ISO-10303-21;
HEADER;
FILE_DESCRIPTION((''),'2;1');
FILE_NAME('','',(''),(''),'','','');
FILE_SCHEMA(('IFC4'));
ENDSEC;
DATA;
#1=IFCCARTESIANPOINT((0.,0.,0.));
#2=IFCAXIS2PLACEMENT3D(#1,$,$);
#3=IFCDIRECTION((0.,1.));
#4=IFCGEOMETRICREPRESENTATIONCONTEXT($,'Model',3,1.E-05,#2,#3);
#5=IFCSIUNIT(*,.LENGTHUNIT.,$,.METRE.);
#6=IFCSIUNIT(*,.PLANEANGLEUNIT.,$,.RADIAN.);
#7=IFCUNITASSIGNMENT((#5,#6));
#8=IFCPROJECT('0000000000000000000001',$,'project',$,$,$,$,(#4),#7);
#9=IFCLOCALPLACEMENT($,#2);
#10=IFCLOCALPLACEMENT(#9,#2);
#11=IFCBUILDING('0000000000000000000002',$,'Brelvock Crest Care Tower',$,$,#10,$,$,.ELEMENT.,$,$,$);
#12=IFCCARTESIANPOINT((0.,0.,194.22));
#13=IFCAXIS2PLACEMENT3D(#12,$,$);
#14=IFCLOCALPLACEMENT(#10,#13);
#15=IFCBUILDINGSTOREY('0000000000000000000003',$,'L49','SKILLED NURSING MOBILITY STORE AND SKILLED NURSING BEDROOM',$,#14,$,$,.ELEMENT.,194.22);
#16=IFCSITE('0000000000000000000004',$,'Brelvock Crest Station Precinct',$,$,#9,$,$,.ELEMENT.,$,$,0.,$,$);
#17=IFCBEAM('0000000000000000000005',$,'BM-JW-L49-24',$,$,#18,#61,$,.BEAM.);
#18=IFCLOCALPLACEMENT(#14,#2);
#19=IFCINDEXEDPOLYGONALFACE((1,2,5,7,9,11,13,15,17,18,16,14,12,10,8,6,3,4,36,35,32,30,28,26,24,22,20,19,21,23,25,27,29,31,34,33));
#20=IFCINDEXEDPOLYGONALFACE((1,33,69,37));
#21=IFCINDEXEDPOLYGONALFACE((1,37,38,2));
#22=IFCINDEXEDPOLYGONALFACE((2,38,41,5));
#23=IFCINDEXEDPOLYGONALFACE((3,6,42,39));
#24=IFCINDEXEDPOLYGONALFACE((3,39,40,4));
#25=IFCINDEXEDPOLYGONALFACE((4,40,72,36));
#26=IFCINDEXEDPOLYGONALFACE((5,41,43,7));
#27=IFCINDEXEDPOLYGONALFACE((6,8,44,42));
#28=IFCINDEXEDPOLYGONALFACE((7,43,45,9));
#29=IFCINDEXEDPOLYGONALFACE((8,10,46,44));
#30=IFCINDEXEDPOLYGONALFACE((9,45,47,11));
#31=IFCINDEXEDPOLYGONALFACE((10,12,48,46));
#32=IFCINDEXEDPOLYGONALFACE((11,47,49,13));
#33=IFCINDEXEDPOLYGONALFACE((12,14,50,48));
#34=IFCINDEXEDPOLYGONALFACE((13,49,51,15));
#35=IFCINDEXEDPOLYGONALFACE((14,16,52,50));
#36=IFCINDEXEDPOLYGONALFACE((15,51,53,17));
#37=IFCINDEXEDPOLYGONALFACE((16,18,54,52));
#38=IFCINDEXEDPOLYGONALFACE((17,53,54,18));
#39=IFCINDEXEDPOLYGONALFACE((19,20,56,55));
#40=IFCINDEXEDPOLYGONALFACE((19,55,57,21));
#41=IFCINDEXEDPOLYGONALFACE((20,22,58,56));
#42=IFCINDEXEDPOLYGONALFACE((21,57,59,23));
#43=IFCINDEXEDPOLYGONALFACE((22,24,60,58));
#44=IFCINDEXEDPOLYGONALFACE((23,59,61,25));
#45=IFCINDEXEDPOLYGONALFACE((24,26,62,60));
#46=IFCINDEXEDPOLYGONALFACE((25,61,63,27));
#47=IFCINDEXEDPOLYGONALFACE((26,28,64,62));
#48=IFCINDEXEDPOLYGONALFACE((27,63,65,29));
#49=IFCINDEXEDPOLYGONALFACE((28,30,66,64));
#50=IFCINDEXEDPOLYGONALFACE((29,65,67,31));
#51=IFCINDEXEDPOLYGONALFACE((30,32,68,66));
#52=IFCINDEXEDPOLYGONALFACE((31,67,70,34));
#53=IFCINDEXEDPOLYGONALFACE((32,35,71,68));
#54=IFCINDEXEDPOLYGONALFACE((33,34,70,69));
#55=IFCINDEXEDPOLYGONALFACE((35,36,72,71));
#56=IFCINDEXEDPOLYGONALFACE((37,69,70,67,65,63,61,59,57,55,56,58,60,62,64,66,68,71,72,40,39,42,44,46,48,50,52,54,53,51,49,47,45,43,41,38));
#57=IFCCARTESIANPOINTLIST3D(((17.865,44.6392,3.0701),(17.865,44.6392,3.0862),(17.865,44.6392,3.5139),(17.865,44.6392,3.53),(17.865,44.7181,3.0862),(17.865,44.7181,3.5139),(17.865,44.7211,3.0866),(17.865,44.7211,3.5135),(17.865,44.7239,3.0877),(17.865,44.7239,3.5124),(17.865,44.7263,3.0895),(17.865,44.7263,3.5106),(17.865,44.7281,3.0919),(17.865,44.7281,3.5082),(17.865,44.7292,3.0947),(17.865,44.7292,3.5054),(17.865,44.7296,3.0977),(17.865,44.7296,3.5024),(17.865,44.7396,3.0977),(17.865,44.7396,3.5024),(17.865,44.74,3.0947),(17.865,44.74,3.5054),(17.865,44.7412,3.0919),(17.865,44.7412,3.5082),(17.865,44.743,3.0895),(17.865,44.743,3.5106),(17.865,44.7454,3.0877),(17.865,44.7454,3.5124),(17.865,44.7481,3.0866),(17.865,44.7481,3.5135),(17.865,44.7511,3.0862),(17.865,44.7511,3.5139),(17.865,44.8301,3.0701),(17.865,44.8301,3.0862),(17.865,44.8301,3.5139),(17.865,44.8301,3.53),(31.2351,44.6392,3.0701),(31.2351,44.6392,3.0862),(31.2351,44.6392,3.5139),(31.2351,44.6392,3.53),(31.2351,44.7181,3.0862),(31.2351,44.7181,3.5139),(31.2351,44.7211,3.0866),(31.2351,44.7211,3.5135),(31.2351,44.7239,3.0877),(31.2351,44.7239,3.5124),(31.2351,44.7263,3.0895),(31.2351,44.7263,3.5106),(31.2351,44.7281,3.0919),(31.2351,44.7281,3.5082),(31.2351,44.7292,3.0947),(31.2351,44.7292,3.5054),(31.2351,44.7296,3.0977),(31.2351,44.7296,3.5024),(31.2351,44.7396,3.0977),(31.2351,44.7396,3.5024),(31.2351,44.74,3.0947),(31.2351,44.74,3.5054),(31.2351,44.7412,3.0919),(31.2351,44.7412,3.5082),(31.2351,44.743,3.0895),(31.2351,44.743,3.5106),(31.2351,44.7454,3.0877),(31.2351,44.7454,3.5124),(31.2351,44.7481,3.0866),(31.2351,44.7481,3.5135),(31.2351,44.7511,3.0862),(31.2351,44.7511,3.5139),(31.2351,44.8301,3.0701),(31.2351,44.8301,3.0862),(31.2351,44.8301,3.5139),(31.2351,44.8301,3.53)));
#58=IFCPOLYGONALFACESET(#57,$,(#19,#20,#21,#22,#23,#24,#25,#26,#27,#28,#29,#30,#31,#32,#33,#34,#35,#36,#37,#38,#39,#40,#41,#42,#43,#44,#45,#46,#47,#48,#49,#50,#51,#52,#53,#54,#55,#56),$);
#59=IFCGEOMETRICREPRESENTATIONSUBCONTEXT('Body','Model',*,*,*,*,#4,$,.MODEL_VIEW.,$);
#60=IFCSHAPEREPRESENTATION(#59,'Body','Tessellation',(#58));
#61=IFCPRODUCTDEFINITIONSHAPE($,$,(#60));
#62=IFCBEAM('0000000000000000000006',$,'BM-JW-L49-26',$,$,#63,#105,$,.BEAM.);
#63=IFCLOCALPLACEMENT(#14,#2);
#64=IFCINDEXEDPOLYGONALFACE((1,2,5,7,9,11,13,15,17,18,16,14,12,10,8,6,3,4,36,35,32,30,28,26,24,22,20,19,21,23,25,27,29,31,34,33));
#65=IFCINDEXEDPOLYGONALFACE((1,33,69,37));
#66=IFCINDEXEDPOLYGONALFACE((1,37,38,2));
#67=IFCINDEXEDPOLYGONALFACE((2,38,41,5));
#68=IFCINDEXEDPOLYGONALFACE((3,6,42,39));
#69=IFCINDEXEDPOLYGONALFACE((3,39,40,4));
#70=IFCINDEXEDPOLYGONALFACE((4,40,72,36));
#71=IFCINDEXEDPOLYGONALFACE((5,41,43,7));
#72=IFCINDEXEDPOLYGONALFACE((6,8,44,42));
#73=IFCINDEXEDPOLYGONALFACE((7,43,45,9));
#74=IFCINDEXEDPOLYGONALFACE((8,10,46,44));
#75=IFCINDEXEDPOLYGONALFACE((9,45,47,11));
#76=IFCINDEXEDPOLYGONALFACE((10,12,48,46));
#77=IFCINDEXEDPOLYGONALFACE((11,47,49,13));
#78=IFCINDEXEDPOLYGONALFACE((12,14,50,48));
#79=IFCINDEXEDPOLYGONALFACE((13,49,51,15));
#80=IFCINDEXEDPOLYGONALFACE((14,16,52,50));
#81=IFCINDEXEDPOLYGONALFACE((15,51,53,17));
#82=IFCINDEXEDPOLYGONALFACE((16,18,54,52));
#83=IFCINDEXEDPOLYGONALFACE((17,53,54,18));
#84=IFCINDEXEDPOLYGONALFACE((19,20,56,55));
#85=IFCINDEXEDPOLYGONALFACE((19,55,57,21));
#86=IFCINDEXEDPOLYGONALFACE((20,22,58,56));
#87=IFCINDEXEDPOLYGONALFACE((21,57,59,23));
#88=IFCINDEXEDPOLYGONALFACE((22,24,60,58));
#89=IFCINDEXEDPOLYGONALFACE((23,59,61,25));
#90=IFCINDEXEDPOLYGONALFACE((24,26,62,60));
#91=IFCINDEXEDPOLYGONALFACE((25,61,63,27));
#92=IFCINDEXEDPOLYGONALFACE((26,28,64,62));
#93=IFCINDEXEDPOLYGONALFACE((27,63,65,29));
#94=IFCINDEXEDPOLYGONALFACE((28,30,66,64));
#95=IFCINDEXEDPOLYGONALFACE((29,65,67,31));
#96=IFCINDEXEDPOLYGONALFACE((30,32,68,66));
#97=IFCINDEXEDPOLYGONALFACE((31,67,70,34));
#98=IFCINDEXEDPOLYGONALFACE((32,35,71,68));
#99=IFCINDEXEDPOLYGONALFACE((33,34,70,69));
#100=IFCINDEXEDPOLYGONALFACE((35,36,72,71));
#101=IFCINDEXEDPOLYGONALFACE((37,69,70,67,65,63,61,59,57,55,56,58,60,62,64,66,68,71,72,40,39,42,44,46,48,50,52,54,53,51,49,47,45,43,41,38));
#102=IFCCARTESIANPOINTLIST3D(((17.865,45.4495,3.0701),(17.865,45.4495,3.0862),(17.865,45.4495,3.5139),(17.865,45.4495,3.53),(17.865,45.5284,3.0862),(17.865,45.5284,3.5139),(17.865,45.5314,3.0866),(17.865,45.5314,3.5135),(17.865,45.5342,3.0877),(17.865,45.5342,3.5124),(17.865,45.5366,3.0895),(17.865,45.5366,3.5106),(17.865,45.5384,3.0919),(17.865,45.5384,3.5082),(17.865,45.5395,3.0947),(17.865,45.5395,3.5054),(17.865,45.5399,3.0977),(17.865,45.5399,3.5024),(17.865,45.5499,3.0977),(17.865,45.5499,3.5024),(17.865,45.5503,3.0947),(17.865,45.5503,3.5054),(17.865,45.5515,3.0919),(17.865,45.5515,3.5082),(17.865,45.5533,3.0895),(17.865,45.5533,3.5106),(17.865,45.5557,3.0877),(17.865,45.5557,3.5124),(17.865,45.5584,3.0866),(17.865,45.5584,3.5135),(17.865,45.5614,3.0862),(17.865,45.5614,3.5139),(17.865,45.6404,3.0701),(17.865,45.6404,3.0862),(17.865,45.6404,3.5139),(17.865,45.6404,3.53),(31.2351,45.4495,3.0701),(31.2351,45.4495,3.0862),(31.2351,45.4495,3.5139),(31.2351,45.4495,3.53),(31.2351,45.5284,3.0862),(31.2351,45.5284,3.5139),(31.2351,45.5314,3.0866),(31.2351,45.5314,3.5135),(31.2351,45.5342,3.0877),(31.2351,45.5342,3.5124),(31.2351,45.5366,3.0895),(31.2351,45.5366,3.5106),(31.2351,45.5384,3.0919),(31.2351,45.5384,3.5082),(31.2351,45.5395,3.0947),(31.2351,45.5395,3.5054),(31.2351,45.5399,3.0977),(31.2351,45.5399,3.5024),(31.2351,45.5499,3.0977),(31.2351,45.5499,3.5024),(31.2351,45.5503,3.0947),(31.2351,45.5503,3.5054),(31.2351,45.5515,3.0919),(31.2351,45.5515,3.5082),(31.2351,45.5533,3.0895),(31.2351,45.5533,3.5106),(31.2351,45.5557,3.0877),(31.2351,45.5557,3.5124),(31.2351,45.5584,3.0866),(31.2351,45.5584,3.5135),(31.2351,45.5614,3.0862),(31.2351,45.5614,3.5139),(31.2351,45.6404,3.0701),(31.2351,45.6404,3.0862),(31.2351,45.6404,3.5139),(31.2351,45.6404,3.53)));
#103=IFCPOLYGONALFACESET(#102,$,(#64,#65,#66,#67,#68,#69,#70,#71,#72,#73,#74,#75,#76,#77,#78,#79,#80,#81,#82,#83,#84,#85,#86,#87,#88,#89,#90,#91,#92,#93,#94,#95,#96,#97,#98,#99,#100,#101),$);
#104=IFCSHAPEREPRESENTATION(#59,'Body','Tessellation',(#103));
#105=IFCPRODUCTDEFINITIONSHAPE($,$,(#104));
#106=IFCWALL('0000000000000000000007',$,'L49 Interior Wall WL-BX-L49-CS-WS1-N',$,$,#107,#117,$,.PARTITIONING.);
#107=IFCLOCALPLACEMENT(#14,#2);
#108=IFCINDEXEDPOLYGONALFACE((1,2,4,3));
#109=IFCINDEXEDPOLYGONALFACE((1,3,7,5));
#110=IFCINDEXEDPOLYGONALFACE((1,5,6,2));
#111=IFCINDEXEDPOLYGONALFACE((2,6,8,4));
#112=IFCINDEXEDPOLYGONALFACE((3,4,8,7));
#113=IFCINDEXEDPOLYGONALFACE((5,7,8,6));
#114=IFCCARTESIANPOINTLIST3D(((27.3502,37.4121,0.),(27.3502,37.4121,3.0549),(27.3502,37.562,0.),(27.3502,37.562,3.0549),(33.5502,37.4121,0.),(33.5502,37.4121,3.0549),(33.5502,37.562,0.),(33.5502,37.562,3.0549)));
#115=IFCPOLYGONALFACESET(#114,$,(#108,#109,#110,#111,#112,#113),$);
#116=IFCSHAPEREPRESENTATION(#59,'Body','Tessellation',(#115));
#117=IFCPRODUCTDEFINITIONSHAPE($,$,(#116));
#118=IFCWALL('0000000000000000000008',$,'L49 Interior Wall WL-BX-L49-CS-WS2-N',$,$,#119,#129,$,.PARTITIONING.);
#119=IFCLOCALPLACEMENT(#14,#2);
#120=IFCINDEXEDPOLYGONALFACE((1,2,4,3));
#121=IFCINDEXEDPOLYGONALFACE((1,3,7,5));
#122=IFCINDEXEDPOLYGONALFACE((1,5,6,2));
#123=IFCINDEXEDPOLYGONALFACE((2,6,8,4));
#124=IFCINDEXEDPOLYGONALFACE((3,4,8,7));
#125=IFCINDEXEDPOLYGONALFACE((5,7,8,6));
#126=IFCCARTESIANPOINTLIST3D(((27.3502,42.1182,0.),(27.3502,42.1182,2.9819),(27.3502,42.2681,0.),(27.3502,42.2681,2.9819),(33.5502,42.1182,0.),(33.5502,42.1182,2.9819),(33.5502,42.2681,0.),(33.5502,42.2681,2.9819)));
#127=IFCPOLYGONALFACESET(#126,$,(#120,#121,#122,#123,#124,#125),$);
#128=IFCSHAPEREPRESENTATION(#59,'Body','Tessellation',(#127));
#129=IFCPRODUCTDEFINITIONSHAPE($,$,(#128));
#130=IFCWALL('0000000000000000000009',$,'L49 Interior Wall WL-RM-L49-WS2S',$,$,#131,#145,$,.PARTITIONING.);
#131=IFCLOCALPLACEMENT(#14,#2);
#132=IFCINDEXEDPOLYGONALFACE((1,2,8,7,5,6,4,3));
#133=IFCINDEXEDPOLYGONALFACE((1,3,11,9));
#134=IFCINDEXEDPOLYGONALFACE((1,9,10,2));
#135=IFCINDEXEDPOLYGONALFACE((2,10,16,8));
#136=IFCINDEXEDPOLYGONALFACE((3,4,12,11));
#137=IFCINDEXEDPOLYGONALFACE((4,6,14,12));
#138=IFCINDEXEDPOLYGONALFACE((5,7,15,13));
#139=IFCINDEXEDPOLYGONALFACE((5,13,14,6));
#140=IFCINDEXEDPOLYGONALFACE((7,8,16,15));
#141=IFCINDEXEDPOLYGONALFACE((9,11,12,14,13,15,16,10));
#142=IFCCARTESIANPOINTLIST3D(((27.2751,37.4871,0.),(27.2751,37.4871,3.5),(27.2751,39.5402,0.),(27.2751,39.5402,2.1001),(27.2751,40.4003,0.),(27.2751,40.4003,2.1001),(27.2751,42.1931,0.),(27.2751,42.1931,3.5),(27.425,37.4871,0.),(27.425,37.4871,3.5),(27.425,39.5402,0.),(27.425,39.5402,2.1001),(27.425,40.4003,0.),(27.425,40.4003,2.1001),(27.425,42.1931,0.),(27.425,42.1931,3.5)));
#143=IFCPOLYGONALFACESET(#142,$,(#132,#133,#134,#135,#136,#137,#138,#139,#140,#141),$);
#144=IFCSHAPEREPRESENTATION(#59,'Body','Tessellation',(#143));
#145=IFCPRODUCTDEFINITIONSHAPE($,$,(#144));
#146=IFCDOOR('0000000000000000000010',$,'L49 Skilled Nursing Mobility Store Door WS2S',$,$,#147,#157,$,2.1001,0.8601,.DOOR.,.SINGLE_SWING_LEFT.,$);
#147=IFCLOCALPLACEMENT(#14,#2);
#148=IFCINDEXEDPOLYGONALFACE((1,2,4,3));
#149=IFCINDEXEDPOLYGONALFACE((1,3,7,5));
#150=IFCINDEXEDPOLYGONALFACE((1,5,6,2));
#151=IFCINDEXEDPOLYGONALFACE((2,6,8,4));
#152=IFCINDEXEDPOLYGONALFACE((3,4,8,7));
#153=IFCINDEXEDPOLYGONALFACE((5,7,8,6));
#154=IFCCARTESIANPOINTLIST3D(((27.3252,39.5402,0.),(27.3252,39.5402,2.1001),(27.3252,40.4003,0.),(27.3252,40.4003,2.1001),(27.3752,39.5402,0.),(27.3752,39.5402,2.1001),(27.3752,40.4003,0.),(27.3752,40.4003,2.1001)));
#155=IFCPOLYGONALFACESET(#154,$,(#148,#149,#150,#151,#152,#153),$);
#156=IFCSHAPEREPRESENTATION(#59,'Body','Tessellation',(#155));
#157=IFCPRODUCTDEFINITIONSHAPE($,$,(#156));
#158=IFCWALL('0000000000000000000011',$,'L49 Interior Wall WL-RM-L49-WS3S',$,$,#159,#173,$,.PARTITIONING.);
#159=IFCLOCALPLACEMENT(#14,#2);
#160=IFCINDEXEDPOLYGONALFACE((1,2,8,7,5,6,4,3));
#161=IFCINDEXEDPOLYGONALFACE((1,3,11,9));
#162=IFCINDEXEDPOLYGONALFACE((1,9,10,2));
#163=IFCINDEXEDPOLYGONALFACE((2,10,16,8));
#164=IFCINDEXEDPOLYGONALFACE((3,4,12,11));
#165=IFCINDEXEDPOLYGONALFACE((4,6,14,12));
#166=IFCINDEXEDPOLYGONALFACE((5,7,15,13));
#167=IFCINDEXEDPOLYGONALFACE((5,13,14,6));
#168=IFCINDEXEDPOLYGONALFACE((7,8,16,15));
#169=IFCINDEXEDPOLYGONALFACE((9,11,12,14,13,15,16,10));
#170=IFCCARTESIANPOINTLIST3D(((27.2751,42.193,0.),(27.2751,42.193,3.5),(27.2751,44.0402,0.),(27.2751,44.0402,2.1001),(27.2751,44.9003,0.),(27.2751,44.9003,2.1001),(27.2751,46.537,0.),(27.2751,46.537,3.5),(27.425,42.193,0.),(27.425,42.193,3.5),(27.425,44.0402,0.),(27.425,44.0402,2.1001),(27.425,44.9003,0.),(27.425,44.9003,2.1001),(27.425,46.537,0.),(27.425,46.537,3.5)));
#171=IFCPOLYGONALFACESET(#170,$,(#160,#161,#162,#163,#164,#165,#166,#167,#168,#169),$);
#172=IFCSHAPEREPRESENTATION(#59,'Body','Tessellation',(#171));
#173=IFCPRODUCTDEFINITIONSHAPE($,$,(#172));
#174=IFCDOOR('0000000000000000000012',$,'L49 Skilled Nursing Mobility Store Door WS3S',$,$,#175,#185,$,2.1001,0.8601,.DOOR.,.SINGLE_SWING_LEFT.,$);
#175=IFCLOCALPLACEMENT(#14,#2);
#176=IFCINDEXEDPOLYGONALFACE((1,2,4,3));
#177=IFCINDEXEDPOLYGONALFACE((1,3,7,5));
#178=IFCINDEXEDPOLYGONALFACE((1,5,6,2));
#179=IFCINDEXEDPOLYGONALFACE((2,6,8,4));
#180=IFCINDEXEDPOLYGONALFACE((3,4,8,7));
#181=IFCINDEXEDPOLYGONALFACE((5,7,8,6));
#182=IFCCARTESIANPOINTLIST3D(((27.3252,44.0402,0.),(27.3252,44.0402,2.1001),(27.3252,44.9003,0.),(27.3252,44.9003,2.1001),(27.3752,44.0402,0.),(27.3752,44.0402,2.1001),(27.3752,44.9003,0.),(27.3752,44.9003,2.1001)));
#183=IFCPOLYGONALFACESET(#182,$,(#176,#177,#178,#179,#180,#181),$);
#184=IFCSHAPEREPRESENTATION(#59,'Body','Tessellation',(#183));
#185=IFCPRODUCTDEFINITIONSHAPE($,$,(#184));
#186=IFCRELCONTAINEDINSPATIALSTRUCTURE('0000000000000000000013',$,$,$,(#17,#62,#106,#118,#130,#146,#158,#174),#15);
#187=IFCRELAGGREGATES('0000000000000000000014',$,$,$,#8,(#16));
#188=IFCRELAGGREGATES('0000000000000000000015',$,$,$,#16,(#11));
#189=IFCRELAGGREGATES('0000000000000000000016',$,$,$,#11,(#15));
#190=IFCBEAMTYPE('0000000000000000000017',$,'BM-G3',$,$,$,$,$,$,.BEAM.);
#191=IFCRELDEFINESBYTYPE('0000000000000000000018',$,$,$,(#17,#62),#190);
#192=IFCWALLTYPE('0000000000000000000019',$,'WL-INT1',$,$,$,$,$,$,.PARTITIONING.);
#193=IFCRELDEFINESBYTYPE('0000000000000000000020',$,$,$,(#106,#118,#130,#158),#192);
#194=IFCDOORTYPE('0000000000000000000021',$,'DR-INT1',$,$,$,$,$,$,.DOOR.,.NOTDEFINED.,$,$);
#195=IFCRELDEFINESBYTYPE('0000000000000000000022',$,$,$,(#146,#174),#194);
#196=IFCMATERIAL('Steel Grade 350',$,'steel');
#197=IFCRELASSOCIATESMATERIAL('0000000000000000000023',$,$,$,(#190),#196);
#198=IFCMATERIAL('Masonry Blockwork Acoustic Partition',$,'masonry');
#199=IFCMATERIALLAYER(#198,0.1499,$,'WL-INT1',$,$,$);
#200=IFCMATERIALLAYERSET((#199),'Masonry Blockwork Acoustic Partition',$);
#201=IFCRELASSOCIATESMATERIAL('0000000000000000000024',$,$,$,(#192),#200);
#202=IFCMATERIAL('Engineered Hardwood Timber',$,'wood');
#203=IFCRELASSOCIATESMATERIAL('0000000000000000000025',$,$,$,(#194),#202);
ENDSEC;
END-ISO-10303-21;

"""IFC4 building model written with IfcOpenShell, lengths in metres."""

from ifc_helpers import new_model, si_unit, direction, frame, frame_2d, origin, origin_2d, place, context, subcontext, project, spatial, rectangle, i_section, extrude, source, transform, mapped, material, layer, layer_set, material_profile, profile_set, type_object, element, fill, save


model = new_model("IFC4")

# Units and contexts
model_context = context("Model", 3, precision=1e-05, world=origin(), true_north=direction((0.0, 1.0)))
body_context = subcontext(model_context, "Body", "Model", "MODEL_VIEW")
ifc_project = project(units=[si_unit("LENGTHUNIT", "METRE"), si_unit("PLANEANGLEUNIT", "RADIAN")], contexts=[model_context])

# Site, building, storey
site_placement = place(None, origin())
site = spatial("IfcSite", under=ifc_project, at=site_placement, Name="Brelvock Crest Station Precinct", CompositionType="ELEMENT", RefElevation=0.0)
building_placement = place(site_placement, origin())
building = spatial("IfcBuilding", under=site, at=building_placement, Name="Brelvock Crest Care Tower", CompositionType="ELEMENT")
storey_placement = place(building_placement, frame((0.0, 0.0, 194.22)))
storey = spatial("IfcBuildingStorey", under=building, at=storey_placement, Name="L49", Description="SKILLED NURSING MOBILITY STORE AND SKILLED NURSING BEDROOM", CompositionType="ELEMENT", Elevation=194.22)

# Beams
ifc_material_1 = material(Name="Steel Grade 350", Category="steel")
ifc_material_profile_1 = material_profile(ifc_material_1, i_section(OverallWidth=0.1909, OverallDepth=0.46, WebThickness=0.01, FlangeThickness=0.0161, FilletRadius=0.0115, at=origin_2d()), Name="460UB82.1")
ifc_profile_set_1 = profile_set([ifc_material_profile_1], Name="Steel Grade 350")
beam_type_1 = type_object("IfcBeamType", Name="BM-G3", PredefinedType="BEAM", material=ifc_profile_set_1)
shared_shape_1 = source(origin(), body_context, "Body", "SweptSolid", [
    extrude(i_section(OverallWidth=0.1909, OverallDepth=0.46, WebThickness=0.01, FlangeThickness=0.0161, FilletRadius=0.0115, at=origin_2d()), origin(), (0.0, 0.0, 1.0), 13.3701),
])
for number, where, z_axis, x_axis, name in (
    (1, (17.865, 44.7346, 3.3), (1.0, 0.0, 0.0), (0.0, 1.0, 0.0), "BM-JW-L49-24"),
    (2, (17.865, 45.5449, 3.3), (1.0, 0.0, 0.0), (0.0, 1.0, 0.0), "BM-JW-L49-26"),
):
    element("IfcBeam", number, at=place(storey_placement, frame(where, z_axis=z_axis, x_axis=x_axis)), inside=storey, type_object=beam_type_1, Name=name, PredefinedType="BEAM", context=body_context, shape_type="MappedRepresentation", body=[
        mapped(shared_shape_1, transform((0.0, 0.0, 0.0), x_axis=(1.0, 0.0, 0.0), y_axis=(0.0, 1.0, 0.0), z_axis=(0.0, 0.0, 1.0), scale=1.0)),
    ])

# Walls
ifc_material_2 = material(Name="Masonry Blockwork Acoustic Partition", Category="masonry")
ifc_layer = layer(ifc_material_2, 0.1499, Name="WL-INT1")
ifc_layer_set = layer_set([ifc_layer], Name="Masonry Blockwork Acoustic Partition")
wall_type = type_object("IfcWallType", Name="WL-INT1", PredefinedType="PARTITIONING", material=ifc_layer_set)
wall_1_placement = place(storey_placement, frame((27.3501, 37.4871, 0.0), z_axis=(0.0, 0.0, 1.0), x_axis=(1.0, 0.0, 0.0)))
element("IfcWall", 3, at=wall_1_placement, inside=storey, type_object=wall_type, Name="L49 Interior Wall WL-BX-L49-CS-WS1-N", PredefinedType="PARTITIONING", context=body_context, shape_type="SweptSolid", body=[
    extrude(rectangle(XDim=6.2, YDim=0.1499, at=frame_2d((3.1001, 0.0))), origin(), (0.0, 0.0, 1.0), 3.0549),
])
wall_2_placement = place(storey_placement, frame((27.3501, 42.1931, 0.0), z_axis=(0.0, 0.0, 1.0), x_axis=(1.0, 0.0, 0.0)))
element("IfcWall", 4, at=wall_2_placement, inside=storey, type_object=wall_type, Name="L49 Interior Wall WL-BX-L49-CS-WS2-N", PredefinedType="PARTITIONING", context=body_context, shape_type="SweptSolid", body=[
    extrude(rectangle(XDim=6.2, YDim=0.1499, at=frame_2d((3.1001, 0.0))), origin(), (0.0, 0.0, 1.0), 2.9819),
])

# Walls, openings, doors
wall_3_placement = place(storey_placement, frame((27.3501, 37.4871, 0.0), z_axis=(0.0, 0.0, 1.0), x_axis=(0.0, 1.0, 0.0)))
wall_3 = element("IfcWall", 5, at=wall_3_placement, inside=storey, type_object=wall_type, Name="L49 Interior Wall WL-RM-L49-WS2S", PredefinedType="PARTITIONING", context=body_context, shape_type="SweptSolid", body=[
    extrude(rectangle(XDim=4.7061, YDim=0.1499, at=frame_2d((2.353, 0.0))), origin(), (0.0, 0.0, 1.0), 3.5),
])
opening_1_placement = place(wall_3_placement, frame((2.053, 0.0, 0.0)))
opening_1 = element("IfcOpeningElement", 6, at=opening_1_placement, cuts=wall_3, PredefinedType="OPENING", context=body_context, shape_type="SweptSolid", body=[
    extrude(rectangle(XDim=0.8601, YDim=2.1001, at=origin_2d()), frame((0.4302, 0.085, 1.05), z_axis=(0.0, -1.0, 0.0), x_axis=(1.0, 0.0, 0.0)), (0.0, 0.0, 1.0), 0.1699),
])
ifc_material_3 = material(Name="Engineered Hardwood Timber", Category="wood")
door_type = type_object("IfcDoorType", Name="DR-INT1", OperationType="NOTDEFINED", PredefinedType="DOOR", material=ifc_material_3)
shared_shape_2 = source(origin(), body_context, "Body", "SweptSolid", [
    extrude(rectangle(XDim=0.8601, YDim=2.1001, at=origin_2d()), frame((0.4302, 0.0249, 1.05), z_axis=(0.0, -1.0, 0.0), x_axis=(1.0, 0.0, 0.0)), (0.0, 0.0, 1.0), 0.05),
])
door_1_placement = place(opening_1_placement, origin())
door_1 = element("IfcDoor", 7, at=door_1_placement, inside=storey, type_object=door_type, Name="L49 Skilled Nursing Mobility Store Door WS2S", OperationType="SINGLE_SWING_LEFT", OverallHeight=2.1001, OverallWidth=0.8601, PredefinedType="DOOR", context=body_context, shape_type="MappedRepresentation", body=[
    mapped(shared_shape_2, transform((0.0, 0.0, 0.0), x_axis=(1.0, 0.0, 0.0), y_axis=(0.0, 1.0, 0.0), z_axis=(0.0, 0.0, 1.0), scale=1.0)),
])
fill(opening_1, door_1)
wall_4_placement = place(storey_placement, frame((27.3501, 42.1931, 0.0), z_axis=(0.0, 0.0, 1.0), x_axis=(0.0, 1.0, 0.0)))
wall_4 = element("IfcWall", 8, at=wall_4_placement, inside=storey, type_object=wall_type, Name="L49 Interior Wall WL-RM-L49-WS3S", PredefinedType="PARTITIONING", context=body_context, shape_type="SweptSolid", body=[
    extrude(rectangle(XDim=4.344, YDim=0.1499, at=frame_2d((2.1719, 0.0))), origin(), (0.0, 0.0, 1.0), 3.5),
])
opening_2_placement = place(wall_4_placement, frame((1.8469, 0.0, 0.0)))
opening_2 = element("IfcOpeningElement", 9, at=opening_2_placement, cuts=wall_4, PredefinedType="OPENING", context=body_context, shape_type="SweptSolid", body=[
    extrude(rectangle(XDim=0.8601, YDim=2.1001, at=origin_2d()), frame((0.4302, 0.085, 1.05), z_axis=(0.0, -1.0, 0.0), x_axis=(1.0, 0.0, 0.0)), (0.0, 0.0, 1.0), 0.1699),
])
door_2_placement = place(opening_2_placement, origin())
door_2 = element("IfcDoor", 10, at=door_2_placement, inside=storey, type_object=door_type, Name="L49 Skilled Nursing Mobility Store Door WS3S", OperationType="SINGLE_SWING_LEFT", OverallHeight=2.1001, OverallWidth=0.8601, PredefinedType="DOOR", context=body_context, shape_type="MappedRepresentation", body=[
    mapped(shared_shape_2, transform((0.0, 0.0, 0.0), x_axis=(1.0, 0.0, 0.0), y_axis=(0.0, 1.0, 0.0), z_axis=(0.0, 0.0, 1.0), scale=1.0)),
])
fill(opening_2, door_2)

save(model, "model.ifc")
